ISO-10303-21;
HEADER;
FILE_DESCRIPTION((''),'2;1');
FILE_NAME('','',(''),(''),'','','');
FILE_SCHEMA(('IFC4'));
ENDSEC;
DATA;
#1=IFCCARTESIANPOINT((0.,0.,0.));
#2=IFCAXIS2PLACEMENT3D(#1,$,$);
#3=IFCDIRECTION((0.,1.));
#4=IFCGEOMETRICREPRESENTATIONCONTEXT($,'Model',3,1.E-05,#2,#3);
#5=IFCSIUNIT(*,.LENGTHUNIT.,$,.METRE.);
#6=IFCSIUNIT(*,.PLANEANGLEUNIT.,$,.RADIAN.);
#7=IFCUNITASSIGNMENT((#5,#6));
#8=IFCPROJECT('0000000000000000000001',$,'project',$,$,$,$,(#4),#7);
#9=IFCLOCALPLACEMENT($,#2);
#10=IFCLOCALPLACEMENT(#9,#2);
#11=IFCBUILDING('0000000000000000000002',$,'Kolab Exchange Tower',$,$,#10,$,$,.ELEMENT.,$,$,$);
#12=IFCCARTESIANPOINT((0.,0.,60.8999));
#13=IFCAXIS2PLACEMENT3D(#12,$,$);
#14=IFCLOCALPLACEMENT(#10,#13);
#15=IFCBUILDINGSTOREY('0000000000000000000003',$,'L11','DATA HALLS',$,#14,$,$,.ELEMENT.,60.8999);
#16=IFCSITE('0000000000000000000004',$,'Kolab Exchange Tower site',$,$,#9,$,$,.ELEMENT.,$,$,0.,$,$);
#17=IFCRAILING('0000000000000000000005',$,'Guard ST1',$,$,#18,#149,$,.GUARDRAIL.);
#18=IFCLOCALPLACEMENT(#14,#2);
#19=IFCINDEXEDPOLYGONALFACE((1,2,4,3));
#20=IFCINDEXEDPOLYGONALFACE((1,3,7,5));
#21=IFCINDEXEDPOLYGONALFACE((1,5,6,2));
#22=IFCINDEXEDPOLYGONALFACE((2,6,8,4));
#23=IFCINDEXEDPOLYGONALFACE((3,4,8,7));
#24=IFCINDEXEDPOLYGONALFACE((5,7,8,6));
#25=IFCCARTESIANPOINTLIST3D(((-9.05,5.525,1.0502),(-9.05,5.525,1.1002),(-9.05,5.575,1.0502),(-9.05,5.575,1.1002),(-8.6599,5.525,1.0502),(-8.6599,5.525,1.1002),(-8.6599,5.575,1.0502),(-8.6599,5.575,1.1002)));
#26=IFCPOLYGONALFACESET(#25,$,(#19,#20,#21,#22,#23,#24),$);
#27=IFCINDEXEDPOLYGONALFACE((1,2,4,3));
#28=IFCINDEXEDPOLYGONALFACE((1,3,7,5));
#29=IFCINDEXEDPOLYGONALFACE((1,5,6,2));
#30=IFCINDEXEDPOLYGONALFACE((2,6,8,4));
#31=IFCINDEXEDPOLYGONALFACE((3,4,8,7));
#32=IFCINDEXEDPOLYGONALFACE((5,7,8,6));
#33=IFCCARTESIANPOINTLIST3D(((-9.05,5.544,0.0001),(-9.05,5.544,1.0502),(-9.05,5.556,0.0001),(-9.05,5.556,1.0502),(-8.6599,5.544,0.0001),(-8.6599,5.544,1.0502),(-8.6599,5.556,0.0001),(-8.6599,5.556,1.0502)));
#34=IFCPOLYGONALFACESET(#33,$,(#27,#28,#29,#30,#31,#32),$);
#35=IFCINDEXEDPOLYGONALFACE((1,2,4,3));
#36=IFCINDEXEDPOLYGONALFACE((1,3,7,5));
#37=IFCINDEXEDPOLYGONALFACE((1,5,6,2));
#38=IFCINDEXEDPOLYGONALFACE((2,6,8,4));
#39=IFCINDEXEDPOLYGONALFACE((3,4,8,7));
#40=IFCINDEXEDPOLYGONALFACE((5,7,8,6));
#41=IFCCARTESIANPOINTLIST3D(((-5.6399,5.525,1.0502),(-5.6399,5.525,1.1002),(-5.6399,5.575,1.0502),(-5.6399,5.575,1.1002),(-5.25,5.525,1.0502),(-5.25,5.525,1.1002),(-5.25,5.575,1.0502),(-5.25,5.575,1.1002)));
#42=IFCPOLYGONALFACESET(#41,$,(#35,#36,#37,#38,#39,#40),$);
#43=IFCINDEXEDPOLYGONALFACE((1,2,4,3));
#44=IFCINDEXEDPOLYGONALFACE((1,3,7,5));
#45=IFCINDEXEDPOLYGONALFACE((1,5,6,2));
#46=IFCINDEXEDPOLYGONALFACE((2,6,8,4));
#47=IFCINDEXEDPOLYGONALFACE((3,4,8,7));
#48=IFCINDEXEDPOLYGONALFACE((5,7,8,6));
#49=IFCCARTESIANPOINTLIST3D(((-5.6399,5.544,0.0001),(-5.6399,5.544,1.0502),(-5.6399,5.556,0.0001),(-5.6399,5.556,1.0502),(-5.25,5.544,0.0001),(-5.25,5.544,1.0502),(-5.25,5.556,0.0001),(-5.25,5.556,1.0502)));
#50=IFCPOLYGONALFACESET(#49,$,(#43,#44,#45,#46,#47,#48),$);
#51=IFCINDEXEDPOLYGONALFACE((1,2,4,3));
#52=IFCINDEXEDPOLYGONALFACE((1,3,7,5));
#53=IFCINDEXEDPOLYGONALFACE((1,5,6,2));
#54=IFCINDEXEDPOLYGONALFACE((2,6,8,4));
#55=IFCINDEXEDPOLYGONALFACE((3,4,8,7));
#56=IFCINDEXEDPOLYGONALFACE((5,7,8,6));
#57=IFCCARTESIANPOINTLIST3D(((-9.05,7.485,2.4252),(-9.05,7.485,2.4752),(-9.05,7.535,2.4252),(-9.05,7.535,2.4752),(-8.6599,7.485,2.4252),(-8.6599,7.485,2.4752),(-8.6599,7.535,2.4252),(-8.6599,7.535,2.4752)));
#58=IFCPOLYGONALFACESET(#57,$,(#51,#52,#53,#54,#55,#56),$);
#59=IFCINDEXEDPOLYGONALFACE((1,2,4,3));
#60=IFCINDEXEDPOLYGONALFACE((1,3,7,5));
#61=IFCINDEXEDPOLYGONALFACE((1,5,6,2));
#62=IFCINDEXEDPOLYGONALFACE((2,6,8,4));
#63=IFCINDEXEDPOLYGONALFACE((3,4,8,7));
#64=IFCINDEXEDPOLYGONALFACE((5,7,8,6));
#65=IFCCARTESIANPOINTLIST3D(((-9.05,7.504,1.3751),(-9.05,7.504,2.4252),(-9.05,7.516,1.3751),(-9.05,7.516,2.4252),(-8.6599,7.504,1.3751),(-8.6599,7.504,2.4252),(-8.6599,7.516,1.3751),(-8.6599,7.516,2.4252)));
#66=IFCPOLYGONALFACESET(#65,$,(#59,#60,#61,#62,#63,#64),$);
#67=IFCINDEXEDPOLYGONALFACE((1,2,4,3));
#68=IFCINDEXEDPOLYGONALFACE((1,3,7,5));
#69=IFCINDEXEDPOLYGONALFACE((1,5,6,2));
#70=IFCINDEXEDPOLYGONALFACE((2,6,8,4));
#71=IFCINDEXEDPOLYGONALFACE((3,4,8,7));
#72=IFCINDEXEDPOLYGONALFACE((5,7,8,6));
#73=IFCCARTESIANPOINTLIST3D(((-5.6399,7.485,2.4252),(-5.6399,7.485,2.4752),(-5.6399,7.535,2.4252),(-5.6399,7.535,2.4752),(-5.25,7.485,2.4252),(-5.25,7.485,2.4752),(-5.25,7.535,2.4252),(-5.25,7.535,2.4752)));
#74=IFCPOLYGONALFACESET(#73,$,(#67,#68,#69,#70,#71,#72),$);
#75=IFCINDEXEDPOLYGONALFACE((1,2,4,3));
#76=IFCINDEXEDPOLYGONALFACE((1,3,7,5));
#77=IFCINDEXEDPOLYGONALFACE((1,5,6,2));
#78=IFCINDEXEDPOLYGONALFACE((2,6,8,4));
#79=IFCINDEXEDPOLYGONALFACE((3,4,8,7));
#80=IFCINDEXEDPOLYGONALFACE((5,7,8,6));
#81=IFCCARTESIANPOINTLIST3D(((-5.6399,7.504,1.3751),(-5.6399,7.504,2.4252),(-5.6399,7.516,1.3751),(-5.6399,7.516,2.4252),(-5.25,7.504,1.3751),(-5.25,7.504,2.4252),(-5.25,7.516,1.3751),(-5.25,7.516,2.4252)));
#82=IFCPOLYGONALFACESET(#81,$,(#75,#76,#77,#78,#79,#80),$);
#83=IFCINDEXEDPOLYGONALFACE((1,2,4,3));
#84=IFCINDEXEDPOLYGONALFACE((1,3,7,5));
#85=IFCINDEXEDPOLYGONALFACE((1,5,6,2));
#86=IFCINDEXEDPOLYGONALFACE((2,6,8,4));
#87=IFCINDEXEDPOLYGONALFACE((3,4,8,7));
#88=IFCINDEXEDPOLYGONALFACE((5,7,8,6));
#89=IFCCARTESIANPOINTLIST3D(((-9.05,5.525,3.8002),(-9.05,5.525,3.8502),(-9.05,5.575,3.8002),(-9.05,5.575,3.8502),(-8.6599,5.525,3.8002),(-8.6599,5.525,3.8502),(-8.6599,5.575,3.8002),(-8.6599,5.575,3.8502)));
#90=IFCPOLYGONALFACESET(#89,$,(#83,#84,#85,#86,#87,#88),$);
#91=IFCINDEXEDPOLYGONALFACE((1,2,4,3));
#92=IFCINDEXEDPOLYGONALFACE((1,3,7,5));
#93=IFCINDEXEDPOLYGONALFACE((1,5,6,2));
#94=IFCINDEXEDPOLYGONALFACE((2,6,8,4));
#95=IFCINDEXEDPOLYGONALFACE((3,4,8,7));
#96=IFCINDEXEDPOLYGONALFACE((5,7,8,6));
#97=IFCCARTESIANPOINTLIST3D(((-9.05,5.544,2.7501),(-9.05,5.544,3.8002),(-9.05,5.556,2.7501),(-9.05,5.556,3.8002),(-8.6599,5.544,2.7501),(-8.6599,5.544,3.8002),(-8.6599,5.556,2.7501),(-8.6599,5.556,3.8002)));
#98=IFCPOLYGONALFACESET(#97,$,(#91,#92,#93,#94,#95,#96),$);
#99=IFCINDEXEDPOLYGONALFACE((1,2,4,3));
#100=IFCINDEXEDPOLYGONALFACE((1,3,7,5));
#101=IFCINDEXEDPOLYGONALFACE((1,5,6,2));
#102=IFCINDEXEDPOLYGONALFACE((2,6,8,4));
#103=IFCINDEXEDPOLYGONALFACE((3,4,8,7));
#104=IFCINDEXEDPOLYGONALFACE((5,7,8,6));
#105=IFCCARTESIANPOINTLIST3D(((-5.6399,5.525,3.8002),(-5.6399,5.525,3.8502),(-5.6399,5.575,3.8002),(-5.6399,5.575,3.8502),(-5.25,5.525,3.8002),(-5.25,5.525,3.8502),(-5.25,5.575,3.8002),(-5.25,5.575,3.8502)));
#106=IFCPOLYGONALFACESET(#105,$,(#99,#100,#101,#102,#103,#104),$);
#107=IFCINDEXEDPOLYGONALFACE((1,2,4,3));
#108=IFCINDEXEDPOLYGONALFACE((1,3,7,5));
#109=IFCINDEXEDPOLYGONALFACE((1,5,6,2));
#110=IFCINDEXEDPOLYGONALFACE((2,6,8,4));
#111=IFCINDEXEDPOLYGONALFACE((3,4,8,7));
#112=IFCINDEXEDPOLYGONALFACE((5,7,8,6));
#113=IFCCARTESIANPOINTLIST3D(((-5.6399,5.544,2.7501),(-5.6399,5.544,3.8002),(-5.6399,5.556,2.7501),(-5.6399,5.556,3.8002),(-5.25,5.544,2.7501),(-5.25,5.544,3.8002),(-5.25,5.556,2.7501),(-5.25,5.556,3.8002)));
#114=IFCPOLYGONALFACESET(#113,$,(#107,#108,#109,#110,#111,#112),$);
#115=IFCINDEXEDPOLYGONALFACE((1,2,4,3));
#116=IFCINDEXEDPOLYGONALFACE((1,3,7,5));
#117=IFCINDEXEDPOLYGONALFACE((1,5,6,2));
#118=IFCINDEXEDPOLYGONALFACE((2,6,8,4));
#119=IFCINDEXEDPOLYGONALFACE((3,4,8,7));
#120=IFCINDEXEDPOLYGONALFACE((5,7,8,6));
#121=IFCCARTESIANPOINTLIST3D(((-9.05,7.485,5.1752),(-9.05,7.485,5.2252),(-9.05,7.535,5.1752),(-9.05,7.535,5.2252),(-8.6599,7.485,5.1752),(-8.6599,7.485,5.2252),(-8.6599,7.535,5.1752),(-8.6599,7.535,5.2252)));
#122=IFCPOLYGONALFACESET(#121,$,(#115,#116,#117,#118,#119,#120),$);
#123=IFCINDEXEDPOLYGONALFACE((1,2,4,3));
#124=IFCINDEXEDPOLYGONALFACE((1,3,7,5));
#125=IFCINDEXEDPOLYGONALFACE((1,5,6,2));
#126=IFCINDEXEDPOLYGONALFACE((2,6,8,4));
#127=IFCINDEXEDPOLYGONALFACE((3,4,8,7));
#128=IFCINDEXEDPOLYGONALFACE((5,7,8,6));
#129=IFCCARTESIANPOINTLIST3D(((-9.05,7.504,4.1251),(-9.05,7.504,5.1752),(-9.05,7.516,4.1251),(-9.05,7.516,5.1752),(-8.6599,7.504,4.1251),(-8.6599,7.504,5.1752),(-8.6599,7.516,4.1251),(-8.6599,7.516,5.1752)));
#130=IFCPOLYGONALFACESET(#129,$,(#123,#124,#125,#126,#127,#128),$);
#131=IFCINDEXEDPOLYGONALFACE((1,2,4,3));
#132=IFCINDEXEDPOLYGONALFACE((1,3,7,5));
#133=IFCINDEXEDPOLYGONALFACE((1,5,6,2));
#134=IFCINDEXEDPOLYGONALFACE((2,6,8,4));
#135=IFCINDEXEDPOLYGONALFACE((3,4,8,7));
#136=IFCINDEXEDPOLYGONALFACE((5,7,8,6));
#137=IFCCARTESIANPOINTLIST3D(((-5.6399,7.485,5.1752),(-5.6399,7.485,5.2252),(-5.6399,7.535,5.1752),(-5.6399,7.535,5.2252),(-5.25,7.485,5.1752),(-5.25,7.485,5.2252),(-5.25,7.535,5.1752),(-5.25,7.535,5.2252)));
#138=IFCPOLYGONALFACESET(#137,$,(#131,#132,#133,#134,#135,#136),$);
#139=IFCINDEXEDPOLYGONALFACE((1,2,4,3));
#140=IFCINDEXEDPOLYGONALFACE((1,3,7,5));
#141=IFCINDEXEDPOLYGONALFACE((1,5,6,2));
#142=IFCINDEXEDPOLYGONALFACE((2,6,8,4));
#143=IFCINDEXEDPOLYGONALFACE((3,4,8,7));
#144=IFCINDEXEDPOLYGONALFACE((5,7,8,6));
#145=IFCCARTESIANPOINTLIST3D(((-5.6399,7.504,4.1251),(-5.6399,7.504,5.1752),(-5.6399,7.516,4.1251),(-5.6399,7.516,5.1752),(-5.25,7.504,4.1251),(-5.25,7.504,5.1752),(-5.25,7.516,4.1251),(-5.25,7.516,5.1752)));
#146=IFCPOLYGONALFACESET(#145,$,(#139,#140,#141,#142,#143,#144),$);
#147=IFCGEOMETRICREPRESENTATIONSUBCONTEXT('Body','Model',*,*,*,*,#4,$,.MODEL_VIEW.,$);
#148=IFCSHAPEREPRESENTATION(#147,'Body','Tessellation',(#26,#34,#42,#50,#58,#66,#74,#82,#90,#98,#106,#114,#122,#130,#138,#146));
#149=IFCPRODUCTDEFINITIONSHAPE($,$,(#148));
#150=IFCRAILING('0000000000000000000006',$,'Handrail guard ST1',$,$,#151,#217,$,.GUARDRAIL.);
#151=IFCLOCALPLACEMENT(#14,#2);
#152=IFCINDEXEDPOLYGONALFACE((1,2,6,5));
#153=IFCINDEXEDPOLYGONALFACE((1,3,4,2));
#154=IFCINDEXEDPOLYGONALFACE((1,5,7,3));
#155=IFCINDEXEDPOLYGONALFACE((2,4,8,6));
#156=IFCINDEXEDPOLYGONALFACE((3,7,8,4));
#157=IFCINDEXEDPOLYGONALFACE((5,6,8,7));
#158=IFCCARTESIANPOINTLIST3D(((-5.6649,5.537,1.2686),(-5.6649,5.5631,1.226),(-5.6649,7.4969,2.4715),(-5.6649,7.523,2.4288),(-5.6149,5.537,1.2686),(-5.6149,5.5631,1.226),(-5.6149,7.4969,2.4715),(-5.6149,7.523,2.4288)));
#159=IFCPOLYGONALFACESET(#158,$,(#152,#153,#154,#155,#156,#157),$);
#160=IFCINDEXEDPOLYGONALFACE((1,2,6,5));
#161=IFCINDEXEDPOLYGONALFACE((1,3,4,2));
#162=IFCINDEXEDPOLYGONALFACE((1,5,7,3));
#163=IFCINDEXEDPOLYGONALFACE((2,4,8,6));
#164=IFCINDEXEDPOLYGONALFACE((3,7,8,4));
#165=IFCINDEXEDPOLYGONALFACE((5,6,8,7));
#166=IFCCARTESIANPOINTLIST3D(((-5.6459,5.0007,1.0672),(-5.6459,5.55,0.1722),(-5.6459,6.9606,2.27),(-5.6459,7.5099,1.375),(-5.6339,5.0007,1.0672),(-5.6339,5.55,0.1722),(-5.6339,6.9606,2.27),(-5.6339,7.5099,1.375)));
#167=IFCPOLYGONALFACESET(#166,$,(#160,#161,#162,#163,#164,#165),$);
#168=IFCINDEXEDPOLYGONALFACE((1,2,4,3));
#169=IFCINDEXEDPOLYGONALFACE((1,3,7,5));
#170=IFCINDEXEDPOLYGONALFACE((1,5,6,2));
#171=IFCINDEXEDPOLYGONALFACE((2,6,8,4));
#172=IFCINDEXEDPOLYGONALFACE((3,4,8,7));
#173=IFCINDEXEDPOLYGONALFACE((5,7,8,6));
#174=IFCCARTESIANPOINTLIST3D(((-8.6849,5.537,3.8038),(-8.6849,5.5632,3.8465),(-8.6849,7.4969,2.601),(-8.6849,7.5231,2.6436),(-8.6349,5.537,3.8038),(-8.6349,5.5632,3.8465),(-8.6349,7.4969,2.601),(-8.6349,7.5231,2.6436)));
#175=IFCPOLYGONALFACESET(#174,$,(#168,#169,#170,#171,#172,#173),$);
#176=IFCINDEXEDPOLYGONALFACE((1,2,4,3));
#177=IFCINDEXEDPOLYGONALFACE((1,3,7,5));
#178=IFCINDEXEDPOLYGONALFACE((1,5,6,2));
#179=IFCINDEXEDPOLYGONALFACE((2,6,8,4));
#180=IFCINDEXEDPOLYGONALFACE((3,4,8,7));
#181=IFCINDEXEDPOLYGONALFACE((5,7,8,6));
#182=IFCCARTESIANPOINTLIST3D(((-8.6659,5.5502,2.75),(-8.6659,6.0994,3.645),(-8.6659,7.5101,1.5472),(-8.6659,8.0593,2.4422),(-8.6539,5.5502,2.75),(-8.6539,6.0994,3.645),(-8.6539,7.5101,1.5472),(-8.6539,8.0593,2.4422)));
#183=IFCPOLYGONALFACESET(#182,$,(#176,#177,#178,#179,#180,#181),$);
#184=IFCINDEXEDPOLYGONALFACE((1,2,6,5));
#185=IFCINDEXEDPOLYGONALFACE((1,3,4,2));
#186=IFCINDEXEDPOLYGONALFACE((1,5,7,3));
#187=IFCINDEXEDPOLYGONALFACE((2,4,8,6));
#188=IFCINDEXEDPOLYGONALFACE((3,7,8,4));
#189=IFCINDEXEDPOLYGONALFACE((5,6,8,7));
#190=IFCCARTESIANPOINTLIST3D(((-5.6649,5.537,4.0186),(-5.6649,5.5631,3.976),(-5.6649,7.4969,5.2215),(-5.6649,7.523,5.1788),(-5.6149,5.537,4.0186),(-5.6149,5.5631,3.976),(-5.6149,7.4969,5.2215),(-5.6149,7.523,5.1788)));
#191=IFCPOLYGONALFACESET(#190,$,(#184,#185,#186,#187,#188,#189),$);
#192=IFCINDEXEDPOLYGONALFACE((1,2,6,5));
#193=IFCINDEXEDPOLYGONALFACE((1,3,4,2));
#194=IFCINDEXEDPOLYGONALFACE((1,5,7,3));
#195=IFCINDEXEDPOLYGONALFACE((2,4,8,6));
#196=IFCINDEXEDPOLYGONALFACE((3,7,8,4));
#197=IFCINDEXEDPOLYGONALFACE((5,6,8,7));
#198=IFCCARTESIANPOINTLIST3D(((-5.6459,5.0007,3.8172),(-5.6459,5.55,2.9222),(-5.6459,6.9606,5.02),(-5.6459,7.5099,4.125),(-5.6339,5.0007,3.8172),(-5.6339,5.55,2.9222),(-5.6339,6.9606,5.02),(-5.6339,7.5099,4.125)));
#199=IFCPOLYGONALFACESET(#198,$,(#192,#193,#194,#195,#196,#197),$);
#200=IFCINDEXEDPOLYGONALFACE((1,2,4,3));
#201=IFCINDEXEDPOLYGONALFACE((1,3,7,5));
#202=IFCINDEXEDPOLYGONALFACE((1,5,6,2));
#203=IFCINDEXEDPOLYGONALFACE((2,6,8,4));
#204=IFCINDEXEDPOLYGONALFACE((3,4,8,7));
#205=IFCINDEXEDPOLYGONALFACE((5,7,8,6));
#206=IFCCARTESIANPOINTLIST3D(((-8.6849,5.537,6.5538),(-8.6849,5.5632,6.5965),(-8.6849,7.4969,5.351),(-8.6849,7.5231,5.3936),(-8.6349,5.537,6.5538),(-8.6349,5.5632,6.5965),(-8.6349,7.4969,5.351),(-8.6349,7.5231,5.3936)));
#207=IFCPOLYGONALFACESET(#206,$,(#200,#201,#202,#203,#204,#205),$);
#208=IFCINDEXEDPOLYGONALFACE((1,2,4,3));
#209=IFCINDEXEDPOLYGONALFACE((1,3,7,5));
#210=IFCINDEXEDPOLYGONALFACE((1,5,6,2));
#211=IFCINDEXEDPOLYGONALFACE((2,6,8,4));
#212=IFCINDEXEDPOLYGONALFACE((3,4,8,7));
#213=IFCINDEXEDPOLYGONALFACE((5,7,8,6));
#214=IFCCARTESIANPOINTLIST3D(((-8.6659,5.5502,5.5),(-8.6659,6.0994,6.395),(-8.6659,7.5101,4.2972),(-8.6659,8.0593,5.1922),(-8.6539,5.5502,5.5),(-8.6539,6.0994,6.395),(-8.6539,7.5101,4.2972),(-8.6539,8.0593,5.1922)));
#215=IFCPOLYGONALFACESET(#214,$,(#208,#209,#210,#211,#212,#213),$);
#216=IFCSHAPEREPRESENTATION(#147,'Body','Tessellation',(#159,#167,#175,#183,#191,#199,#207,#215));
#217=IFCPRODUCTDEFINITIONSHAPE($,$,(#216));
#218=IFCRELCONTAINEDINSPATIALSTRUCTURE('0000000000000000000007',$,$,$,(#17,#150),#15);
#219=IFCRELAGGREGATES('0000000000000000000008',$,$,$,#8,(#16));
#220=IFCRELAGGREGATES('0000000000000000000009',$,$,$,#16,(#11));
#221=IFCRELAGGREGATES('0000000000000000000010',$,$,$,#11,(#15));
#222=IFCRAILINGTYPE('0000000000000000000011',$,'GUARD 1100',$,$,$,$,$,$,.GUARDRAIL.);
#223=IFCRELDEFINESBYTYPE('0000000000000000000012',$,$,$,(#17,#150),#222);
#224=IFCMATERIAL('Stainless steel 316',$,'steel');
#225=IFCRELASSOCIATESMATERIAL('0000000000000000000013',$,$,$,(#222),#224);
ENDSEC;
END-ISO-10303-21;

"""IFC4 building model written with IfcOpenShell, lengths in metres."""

from ifc_helpers import new_model, si_unit, direction, frame, frame_2d, origin, origin_2d, place, context, subcontext, project, spatial, rectangle, extrude, material, type_object, element, save


model = new_model("IFC4")

# Units and contexts
model_context = context("Model", 3, precision=1e-05, world=origin(), true_north=direction((0.0, 1.0)))
body_context = subcontext(model_context, "Body", "Model", "MODEL_VIEW")
ifc_project = project(units=[si_unit("LENGTHUNIT", "METRE"), si_unit("PLANEANGLEUNIT", "RADIAN")], contexts=[model_context])

# Site, building, storey
site_placement = place(None, origin())
site = spatial("IfcSite", under=ifc_project, at=site_placement, Name="Kolab Exchange Tower site", CompositionType="ELEMENT", RefElevation=0.0)
building_placement = place(site_placement, origin())
building = spatial("IfcBuilding", under=site, at=building_placement, Name="Kolab Exchange Tower", CompositionType="ELEMENT")
storey_placement = place(building_placement, frame((0.0, 0.0, 60.8999)))
storey = spatial("IfcBuildingStorey", under=building, at=storey_placement, Name="L11", Description="DATA HALLS", CompositionType="ELEMENT", Elevation=60.8999)

# Railings
ifc_material_1 = material(Name="Stainless steel 316", Category="steel")
railing_type = type_object("IfcRailingType", Name="GUARD 1100", PredefinedType="GUARDRAIL", material=ifc_material_1)
railing_1_placement = place(storey_placement, frame((-9.05, 5.55, 0.0)))
element("IfcRailing", 1, at=railing_1_placement, inside=storey, type_object=railing_type, Name="Guard ST1", PredefinedType="GUARDRAIL", context=body_context, shape_type="SweptSolid", body=[
    extrude(rectangle(XDim=0.05, YDim=0.05, at=origin_2d()), frame((0.0, 0.0, 1.0752), z_axis=(1.0, 0.0, 0.0), x_axis=(0.0, 1.0, 0.0)), (0.0, 0.0, 1.0), 0.3901),
    extrude(rectangle(XDim=0.012, YDim=1.0501, at=frame_2d((0.0, 0.5251))), frame((0.0, 0.0, 0.0), z_axis=(1.0, 0.0, 0.0), x_axis=(0.0, 1.0, 0.0)), (0.0, 0.0, 1.0), 0.3901),
    extrude(rectangle(XDim=0.05, YDim=0.05, at=origin_2d()), frame((3.4102, 0.0, 1.0752), z_axis=(1.0, 0.0, 0.0), x_axis=(0.0, 1.0, 0.0)), (0.0, 0.0, 1.0), 0.3899),
    extrude(rectangle(XDim=0.012, YDim=1.0501, at=frame_2d((0.0, 0.5251))), frame((3.4102, 0.0, 0.0), z_axis=(1.0, 0.0, 0.0), x_axis=(0.0, 1.0, 0.0)), (0.0, 0.0, 1.0), 0.3899),
    extrude(rectangle(XDim=0.05, YDim=0.05, at=origin_2d()), frame((0.0, 1.96, 2.4502), z_axis=(1.0, 0.0, 0.0), x_axis=(0.0, 1.0, 0.0)), (0.0, 0.0, 1.0), 0.3901),
    extrude(rectangle(XDim=0.012, YDim=1.0501, at=frame_2d((0.0, 0.5251))), frame((0.0, 1.96, 1.375), z_axis=(1.0, 0.0, 0.0), x_axis=(0.0, 1.0, 0.0)), (0.0, 0.0, 1.0), 0.3901),
    extrude(rectangle(XDim=0.05, YDim=0.05, at=origin_2d()), frame((3.4102, 1.96, 2.4502), z_axis=(1.0, 0.0, 0.0), x_axis=(0.0, 1.0, 0.0)), (0.0, 0.0, 1.0), 0.3899),
    extrude(rectangle(XDim=0.012, YDim=1.0501, at=frame_2d((0.0, 0.5251))), frame((3.4102, 1.96, 1.375), z_axis=(1.0, 0.0, 0.0), x_axis=(0.0, 1.0, 0.0)), (0.0, 0.0, 1.0), 0.3899),
    extrude(rectangle(XDim=0.05, YDim=0.05, at=origin_2d()), frame((0.0, 0.0, 3.8252), z_axis=(1.0, 0.0, 0.0), x_axis=(0.0, 1.0, 0.0)), (0.0, 0.0, 1.0), 0.3901),
    extrude(rectangle(XDim=0.012, YDim=1.0501, at=frame_2d((0.0, 0.5251))), frame((0.0, 0.0, 2.75), z_axis=(1.0, 0.0, 0.0), x_axis=(0.0, 1.0, 0.0)), (0.0, 0.0, 1.0), 0.3901),
    extrude(rectangle(XDim=0.05, YDim=0.05, at=origin_2d()), frame((3.4102, 0.0, 3.8252), z_axis=(1.0, 0.0, 0.0), x_axis=(0.0, 1.0, 0.0)), (0.0, 0.0, 1.0), 0.3899),
    extrude(rectangle(XDim=0.012, YDim=1.0501, at=frame_2d((0.0, 0.5251))), frame((3.4102, 0.0, 2.75), z_axis=(1.0, 0.0, 0.0), x_axis=(0.0, 1.0, 0.0)), (0.0, 0.0, 1.0), 0.3899),
    extrude(rectangle(XDim=0.05, YDim=0.05, at=origin_2d()), frame((0.0, 1.96, 5.2002), z_axis=(1.0, 0.0, 0.0), x_axis=(0.0, 1.0, 0.0)), (0.0, 0.0, 1.0), 0.3901),
    extrude(rectangle(XDim=0.012, YDim=1.0501, at=frame_2d((0.0, 0.5251))), frame((0.0, 1.96, 4.125), z_axis=(1.0, 0.0, 0.0), x_axis=(0.0, 1.0, 0.0)), (0.0, 0.0, 1.0), 0.3901),
    extrude(rectangle(XDim=0.05, YDim=0.05, at=origin_2d()), frame((3.4102, 1.96, 5.2002), z_axis=(1.0, 0.0, 0.0), x_axis=(0.0, 1.0, 0.0)), (0.0, 0.0, 1.0), 0.3899),
    extrude(rectangle(XDim=0.012, YDim=1.0501, at=frame_2d((0.0, 0.5251))), frame((3.4102, 1.96, 4.125), z_axis=(1.0, 0.0, 0.0), x_axis=(0.0, 1.0, 0.0)), (0.0, 0.0, 1.0), 0.3899),
])
railing_2_placement = place(storey_placement, frame((-5.6399, 5.55, 0.1721)))
element("IfcRailing", 2, at=railing_2_placement, inside=storey, type_object=railing_type, Name="Handrail guard ST1", PredefinedType="GUARDRAIL", context=body_context, shape_type="SweptSolid", body=[
    extrude(rectangle(XDim=0.05, YDim=0.05, at=origin_2d()), frame((0.0, 0.0, 1.0752), z_axis=(0.0, 0.852288, 0.523072), x_axis=(-1.0, 0.0, 0.0)), (0.0, 0.0, 1.0), 2.2996),
    extrude(rectangle(XDim=0.012, YDim=1.0501, at=frame_2d((0.0, 0.5251))), frame((0.0, 0.0, 0.0), z_axis=(0.0, 0.852288, 0.523072), x_axis=(-1.0, 0.0, 0.0)), (0.0, 0.0, 1.0), 2.2996),
    extrude(rectangle(XDim=0.05, YDim=0.05, at=origin_2d()), frame((-3.02, 1.96, 2.4502), z_axis=(0.0, -0.852288, 0.523072), x_axis=(1.0, 0.0, 0.0)), (0.0, 0.0, 1.0), 2.2996),
    extrude(rectangle(XDim=0.012, YDim=1.0501, at=frame_2d((0.0, 0.5251))), frame((-3.02, 1.96, 1.375), z_axis=(0.0, -0.852288, 0.523072), x_axis=(1.0, 0.0, 0.0)), (0.0, 0.0, 1.0), 2.2996),
    extrude(rectangle(XDim=0.05, YDim=0.05, at=origin_2d()), frame((0.0, 0.0, 3.8252), z_axis=(0.0, 0.852288, 0.523072), x_axis=(-1.0, 0.0, 0.0)), (0.0, 0.0, 1.0), 2.2996),
    extrude(rectangle(XDim=0.012, YDim=1.0501, at=frame_2d((0.0, 0.5251))), frame((0.0, 0.0, 2.75), z_axis=(0.0, 0.852288, 0.523072), x_axis=(-1.0, 0.0, 0.0)), (0.0, 0.0, 1.0), 2.2996),
    extrude(rectangle(XDim=0.05, YDim=0.05, at=origin_2d()), frame((-3.02, 1.96, 5.2002), z_axis=(0.0, -0.852288, 0.523072), x_axis=(1.0, 0.0, 0.0)), (0.0, 0.0, 1.0), 2.2996),
    extrude(rectangle(XDim=0.012, YDim=1.0501, at=frame_2d((0.0, 0.5251))), frame((-3.02, 1.96, 4.125), z_axis=(0.0, -0.852288, 0.523072), x_axis=(1.0, 0.0, 0.0)), (0.0, 0.0, 1.0), 2.2996),
])

save(model, "model.ifc")
